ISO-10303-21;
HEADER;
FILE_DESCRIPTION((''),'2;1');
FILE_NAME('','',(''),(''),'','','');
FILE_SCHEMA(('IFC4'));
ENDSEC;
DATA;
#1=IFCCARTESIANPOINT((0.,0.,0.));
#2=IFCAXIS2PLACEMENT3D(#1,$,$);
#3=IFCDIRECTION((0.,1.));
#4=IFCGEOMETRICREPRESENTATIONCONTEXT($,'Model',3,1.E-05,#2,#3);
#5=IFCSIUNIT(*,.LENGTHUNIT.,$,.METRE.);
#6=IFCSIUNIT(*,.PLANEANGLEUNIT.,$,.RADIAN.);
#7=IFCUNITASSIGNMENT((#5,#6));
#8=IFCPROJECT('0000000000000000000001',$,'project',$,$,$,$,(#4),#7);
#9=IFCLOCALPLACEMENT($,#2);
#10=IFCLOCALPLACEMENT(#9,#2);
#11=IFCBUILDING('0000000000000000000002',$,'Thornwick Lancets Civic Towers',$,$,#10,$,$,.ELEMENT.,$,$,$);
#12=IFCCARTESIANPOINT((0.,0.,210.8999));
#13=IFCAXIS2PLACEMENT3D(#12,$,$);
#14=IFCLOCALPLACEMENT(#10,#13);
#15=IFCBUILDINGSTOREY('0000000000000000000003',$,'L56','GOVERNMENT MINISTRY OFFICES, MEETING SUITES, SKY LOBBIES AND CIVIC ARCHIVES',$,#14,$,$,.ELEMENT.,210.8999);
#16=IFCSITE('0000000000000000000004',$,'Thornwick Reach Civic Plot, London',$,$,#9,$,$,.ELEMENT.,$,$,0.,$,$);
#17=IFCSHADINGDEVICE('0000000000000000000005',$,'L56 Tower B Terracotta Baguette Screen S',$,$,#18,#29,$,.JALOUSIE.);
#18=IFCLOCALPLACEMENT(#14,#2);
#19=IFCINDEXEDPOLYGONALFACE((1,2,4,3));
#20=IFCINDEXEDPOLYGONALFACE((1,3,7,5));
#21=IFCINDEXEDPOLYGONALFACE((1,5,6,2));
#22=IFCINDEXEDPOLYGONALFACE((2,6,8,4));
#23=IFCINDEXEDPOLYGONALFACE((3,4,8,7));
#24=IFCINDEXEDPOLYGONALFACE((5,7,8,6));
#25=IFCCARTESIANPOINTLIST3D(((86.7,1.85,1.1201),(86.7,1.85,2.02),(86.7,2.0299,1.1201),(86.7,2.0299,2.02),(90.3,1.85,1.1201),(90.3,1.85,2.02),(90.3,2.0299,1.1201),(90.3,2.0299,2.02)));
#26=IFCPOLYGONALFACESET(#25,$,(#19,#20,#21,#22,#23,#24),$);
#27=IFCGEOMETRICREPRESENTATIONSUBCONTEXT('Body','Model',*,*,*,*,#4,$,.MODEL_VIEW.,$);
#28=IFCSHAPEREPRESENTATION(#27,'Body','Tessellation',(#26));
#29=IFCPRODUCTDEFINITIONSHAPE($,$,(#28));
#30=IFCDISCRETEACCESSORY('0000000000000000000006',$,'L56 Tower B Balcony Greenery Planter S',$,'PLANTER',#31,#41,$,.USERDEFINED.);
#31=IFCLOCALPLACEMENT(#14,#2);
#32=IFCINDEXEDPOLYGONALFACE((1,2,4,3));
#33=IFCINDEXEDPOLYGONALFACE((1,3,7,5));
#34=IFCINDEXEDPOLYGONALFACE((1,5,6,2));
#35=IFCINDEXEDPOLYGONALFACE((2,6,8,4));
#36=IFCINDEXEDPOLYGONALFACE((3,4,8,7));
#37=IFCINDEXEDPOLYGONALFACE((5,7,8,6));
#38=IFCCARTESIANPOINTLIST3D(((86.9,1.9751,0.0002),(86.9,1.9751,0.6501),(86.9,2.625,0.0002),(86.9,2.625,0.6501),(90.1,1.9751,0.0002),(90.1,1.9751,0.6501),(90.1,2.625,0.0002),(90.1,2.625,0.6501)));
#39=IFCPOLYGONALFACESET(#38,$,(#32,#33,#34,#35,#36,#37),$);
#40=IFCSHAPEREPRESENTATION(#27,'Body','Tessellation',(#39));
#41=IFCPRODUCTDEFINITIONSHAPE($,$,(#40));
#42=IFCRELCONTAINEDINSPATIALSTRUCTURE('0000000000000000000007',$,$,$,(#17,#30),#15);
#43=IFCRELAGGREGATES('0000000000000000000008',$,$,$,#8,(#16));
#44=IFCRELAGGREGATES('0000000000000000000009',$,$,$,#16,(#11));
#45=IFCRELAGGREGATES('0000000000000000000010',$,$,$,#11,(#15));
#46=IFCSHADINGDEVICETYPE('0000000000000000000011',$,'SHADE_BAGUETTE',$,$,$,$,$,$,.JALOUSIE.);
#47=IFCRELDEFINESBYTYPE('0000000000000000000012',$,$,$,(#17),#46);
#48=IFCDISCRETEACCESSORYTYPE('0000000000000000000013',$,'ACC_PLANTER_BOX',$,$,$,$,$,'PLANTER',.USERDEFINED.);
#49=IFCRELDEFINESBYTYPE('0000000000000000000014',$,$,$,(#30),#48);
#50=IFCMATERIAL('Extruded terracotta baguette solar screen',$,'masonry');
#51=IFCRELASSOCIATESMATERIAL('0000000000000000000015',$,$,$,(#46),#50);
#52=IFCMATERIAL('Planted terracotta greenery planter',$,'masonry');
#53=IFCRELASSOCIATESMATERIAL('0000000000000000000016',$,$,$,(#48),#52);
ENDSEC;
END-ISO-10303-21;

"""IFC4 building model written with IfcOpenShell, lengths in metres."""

from ifc_helpers import new_model, si_unit, direction, frame, origin, origin_2d, place, context, subcontext, project, spatial, rectangle, extrude, material, type_object, element, save


model = new_model("IFC4")

# Units and contexts
model_context = context("Model", 3, precision=1e-05, world=origin(), true_north=direction((0.0, 1.0)))
body_context = subcontext(model_context, "Body", "Model", "MODEL_VIEW")
ifc_project = project(units=[si_unit("LENGTHUNIT", "METRE"), si_unit("PLANEANGLEUNIT", "RADIAN")], contexts=[model_context])

# Site, building, storey
site_placement = place(None, origin())
site = spatial("IfcSite", under=ifc_project, at=site_placement, Name="Thornwick Reach Civic Plot, London", CompositionType="ELEMENT", RefElevation=0.0)
building_placement = place(site_placement, origin())
building = spatial("IfcBuilding", under=site, at=building_placement, Name="Thornwick Lancets Civic Towers", CompositionType="ELEMENT")
storey_placement = place(building_placement, frame((0.0, 0.0, 210.8999)))
storey = spatial("IfcBuildingStorey", under=building, at=storey_placement, Name="L56", Description="GOVERNMENT MINISTRY OFFICES, MEETING SUITES, SKY LOBBIES AND CIVIC ARCHIVES", CompositionType="ELEMENT", Elevation=210.8999)

# Shading device
ifc_material_1 = material(Name="Extruded terracotta baguette solar screen", Category="masonry")
shading_device_type = type_object("IfcShadingDeviceType", Name="SHADE_BAGUETTE", PredefinedType="JALOUSIE", material=ifc_material_1)
shading_device_placement = place(storey_placement, frame((88.5, 1.9399, 1.1201), z_axis=(0.0, 0.0, 1.0), x_axis=(1.0, 0.0, 0.0)))
element("IfcShadingDevice", 1, at=shading_device_placement, inside=storey, type_object=shading_device_type, Name="L56 Tower B Terracotta Baguette Screen S", PredefinedType="JALOUSIE", context=body_context, shape_type="SweptSolid", body=[
    extrude(rectangle(XDim=3.6001, YDim=0.1799, at=origin_2d()), origin(), (0.0, 0.0, 1.0), 0.8999),
])

# Discrete accessory
ifc_material_2 = material(Name="Planted terracotta greenery planter", Category="masonry")
discrete_accessory_type = type_object("IfcDiscreteAccessoryType", Name="ACC_PLANTER_BOX", ElementType="PLANTER", PredefinedType="USERDEFINED", material=ifc_material_2)
discrete_accessory_placement = place(storey_placement, frame((88.5, 2.3, 0.0002), z_axis=(0.0, 0.0, 1.0), x_axis=(1.0, 0.0, 0.0)))
element("IfcDiscreteAccessory", 2, at=discrete_accessory_placement, inside=storey, type_object=discrete_accessory_type, Name="L56 Tower B Balcony Greenery Planter S", ObjectType="PLANTER", PredefinedType="USERDEFINED", context=body_context, shape_type="SweptSolid", body=[
    extrude(rectangle(XDim=3.2, YDim=0.6499, at=origin_2d()), origin(), (0.0, 0.0, 1.0), 0.6499),
])

save(model, "model.ifc")
